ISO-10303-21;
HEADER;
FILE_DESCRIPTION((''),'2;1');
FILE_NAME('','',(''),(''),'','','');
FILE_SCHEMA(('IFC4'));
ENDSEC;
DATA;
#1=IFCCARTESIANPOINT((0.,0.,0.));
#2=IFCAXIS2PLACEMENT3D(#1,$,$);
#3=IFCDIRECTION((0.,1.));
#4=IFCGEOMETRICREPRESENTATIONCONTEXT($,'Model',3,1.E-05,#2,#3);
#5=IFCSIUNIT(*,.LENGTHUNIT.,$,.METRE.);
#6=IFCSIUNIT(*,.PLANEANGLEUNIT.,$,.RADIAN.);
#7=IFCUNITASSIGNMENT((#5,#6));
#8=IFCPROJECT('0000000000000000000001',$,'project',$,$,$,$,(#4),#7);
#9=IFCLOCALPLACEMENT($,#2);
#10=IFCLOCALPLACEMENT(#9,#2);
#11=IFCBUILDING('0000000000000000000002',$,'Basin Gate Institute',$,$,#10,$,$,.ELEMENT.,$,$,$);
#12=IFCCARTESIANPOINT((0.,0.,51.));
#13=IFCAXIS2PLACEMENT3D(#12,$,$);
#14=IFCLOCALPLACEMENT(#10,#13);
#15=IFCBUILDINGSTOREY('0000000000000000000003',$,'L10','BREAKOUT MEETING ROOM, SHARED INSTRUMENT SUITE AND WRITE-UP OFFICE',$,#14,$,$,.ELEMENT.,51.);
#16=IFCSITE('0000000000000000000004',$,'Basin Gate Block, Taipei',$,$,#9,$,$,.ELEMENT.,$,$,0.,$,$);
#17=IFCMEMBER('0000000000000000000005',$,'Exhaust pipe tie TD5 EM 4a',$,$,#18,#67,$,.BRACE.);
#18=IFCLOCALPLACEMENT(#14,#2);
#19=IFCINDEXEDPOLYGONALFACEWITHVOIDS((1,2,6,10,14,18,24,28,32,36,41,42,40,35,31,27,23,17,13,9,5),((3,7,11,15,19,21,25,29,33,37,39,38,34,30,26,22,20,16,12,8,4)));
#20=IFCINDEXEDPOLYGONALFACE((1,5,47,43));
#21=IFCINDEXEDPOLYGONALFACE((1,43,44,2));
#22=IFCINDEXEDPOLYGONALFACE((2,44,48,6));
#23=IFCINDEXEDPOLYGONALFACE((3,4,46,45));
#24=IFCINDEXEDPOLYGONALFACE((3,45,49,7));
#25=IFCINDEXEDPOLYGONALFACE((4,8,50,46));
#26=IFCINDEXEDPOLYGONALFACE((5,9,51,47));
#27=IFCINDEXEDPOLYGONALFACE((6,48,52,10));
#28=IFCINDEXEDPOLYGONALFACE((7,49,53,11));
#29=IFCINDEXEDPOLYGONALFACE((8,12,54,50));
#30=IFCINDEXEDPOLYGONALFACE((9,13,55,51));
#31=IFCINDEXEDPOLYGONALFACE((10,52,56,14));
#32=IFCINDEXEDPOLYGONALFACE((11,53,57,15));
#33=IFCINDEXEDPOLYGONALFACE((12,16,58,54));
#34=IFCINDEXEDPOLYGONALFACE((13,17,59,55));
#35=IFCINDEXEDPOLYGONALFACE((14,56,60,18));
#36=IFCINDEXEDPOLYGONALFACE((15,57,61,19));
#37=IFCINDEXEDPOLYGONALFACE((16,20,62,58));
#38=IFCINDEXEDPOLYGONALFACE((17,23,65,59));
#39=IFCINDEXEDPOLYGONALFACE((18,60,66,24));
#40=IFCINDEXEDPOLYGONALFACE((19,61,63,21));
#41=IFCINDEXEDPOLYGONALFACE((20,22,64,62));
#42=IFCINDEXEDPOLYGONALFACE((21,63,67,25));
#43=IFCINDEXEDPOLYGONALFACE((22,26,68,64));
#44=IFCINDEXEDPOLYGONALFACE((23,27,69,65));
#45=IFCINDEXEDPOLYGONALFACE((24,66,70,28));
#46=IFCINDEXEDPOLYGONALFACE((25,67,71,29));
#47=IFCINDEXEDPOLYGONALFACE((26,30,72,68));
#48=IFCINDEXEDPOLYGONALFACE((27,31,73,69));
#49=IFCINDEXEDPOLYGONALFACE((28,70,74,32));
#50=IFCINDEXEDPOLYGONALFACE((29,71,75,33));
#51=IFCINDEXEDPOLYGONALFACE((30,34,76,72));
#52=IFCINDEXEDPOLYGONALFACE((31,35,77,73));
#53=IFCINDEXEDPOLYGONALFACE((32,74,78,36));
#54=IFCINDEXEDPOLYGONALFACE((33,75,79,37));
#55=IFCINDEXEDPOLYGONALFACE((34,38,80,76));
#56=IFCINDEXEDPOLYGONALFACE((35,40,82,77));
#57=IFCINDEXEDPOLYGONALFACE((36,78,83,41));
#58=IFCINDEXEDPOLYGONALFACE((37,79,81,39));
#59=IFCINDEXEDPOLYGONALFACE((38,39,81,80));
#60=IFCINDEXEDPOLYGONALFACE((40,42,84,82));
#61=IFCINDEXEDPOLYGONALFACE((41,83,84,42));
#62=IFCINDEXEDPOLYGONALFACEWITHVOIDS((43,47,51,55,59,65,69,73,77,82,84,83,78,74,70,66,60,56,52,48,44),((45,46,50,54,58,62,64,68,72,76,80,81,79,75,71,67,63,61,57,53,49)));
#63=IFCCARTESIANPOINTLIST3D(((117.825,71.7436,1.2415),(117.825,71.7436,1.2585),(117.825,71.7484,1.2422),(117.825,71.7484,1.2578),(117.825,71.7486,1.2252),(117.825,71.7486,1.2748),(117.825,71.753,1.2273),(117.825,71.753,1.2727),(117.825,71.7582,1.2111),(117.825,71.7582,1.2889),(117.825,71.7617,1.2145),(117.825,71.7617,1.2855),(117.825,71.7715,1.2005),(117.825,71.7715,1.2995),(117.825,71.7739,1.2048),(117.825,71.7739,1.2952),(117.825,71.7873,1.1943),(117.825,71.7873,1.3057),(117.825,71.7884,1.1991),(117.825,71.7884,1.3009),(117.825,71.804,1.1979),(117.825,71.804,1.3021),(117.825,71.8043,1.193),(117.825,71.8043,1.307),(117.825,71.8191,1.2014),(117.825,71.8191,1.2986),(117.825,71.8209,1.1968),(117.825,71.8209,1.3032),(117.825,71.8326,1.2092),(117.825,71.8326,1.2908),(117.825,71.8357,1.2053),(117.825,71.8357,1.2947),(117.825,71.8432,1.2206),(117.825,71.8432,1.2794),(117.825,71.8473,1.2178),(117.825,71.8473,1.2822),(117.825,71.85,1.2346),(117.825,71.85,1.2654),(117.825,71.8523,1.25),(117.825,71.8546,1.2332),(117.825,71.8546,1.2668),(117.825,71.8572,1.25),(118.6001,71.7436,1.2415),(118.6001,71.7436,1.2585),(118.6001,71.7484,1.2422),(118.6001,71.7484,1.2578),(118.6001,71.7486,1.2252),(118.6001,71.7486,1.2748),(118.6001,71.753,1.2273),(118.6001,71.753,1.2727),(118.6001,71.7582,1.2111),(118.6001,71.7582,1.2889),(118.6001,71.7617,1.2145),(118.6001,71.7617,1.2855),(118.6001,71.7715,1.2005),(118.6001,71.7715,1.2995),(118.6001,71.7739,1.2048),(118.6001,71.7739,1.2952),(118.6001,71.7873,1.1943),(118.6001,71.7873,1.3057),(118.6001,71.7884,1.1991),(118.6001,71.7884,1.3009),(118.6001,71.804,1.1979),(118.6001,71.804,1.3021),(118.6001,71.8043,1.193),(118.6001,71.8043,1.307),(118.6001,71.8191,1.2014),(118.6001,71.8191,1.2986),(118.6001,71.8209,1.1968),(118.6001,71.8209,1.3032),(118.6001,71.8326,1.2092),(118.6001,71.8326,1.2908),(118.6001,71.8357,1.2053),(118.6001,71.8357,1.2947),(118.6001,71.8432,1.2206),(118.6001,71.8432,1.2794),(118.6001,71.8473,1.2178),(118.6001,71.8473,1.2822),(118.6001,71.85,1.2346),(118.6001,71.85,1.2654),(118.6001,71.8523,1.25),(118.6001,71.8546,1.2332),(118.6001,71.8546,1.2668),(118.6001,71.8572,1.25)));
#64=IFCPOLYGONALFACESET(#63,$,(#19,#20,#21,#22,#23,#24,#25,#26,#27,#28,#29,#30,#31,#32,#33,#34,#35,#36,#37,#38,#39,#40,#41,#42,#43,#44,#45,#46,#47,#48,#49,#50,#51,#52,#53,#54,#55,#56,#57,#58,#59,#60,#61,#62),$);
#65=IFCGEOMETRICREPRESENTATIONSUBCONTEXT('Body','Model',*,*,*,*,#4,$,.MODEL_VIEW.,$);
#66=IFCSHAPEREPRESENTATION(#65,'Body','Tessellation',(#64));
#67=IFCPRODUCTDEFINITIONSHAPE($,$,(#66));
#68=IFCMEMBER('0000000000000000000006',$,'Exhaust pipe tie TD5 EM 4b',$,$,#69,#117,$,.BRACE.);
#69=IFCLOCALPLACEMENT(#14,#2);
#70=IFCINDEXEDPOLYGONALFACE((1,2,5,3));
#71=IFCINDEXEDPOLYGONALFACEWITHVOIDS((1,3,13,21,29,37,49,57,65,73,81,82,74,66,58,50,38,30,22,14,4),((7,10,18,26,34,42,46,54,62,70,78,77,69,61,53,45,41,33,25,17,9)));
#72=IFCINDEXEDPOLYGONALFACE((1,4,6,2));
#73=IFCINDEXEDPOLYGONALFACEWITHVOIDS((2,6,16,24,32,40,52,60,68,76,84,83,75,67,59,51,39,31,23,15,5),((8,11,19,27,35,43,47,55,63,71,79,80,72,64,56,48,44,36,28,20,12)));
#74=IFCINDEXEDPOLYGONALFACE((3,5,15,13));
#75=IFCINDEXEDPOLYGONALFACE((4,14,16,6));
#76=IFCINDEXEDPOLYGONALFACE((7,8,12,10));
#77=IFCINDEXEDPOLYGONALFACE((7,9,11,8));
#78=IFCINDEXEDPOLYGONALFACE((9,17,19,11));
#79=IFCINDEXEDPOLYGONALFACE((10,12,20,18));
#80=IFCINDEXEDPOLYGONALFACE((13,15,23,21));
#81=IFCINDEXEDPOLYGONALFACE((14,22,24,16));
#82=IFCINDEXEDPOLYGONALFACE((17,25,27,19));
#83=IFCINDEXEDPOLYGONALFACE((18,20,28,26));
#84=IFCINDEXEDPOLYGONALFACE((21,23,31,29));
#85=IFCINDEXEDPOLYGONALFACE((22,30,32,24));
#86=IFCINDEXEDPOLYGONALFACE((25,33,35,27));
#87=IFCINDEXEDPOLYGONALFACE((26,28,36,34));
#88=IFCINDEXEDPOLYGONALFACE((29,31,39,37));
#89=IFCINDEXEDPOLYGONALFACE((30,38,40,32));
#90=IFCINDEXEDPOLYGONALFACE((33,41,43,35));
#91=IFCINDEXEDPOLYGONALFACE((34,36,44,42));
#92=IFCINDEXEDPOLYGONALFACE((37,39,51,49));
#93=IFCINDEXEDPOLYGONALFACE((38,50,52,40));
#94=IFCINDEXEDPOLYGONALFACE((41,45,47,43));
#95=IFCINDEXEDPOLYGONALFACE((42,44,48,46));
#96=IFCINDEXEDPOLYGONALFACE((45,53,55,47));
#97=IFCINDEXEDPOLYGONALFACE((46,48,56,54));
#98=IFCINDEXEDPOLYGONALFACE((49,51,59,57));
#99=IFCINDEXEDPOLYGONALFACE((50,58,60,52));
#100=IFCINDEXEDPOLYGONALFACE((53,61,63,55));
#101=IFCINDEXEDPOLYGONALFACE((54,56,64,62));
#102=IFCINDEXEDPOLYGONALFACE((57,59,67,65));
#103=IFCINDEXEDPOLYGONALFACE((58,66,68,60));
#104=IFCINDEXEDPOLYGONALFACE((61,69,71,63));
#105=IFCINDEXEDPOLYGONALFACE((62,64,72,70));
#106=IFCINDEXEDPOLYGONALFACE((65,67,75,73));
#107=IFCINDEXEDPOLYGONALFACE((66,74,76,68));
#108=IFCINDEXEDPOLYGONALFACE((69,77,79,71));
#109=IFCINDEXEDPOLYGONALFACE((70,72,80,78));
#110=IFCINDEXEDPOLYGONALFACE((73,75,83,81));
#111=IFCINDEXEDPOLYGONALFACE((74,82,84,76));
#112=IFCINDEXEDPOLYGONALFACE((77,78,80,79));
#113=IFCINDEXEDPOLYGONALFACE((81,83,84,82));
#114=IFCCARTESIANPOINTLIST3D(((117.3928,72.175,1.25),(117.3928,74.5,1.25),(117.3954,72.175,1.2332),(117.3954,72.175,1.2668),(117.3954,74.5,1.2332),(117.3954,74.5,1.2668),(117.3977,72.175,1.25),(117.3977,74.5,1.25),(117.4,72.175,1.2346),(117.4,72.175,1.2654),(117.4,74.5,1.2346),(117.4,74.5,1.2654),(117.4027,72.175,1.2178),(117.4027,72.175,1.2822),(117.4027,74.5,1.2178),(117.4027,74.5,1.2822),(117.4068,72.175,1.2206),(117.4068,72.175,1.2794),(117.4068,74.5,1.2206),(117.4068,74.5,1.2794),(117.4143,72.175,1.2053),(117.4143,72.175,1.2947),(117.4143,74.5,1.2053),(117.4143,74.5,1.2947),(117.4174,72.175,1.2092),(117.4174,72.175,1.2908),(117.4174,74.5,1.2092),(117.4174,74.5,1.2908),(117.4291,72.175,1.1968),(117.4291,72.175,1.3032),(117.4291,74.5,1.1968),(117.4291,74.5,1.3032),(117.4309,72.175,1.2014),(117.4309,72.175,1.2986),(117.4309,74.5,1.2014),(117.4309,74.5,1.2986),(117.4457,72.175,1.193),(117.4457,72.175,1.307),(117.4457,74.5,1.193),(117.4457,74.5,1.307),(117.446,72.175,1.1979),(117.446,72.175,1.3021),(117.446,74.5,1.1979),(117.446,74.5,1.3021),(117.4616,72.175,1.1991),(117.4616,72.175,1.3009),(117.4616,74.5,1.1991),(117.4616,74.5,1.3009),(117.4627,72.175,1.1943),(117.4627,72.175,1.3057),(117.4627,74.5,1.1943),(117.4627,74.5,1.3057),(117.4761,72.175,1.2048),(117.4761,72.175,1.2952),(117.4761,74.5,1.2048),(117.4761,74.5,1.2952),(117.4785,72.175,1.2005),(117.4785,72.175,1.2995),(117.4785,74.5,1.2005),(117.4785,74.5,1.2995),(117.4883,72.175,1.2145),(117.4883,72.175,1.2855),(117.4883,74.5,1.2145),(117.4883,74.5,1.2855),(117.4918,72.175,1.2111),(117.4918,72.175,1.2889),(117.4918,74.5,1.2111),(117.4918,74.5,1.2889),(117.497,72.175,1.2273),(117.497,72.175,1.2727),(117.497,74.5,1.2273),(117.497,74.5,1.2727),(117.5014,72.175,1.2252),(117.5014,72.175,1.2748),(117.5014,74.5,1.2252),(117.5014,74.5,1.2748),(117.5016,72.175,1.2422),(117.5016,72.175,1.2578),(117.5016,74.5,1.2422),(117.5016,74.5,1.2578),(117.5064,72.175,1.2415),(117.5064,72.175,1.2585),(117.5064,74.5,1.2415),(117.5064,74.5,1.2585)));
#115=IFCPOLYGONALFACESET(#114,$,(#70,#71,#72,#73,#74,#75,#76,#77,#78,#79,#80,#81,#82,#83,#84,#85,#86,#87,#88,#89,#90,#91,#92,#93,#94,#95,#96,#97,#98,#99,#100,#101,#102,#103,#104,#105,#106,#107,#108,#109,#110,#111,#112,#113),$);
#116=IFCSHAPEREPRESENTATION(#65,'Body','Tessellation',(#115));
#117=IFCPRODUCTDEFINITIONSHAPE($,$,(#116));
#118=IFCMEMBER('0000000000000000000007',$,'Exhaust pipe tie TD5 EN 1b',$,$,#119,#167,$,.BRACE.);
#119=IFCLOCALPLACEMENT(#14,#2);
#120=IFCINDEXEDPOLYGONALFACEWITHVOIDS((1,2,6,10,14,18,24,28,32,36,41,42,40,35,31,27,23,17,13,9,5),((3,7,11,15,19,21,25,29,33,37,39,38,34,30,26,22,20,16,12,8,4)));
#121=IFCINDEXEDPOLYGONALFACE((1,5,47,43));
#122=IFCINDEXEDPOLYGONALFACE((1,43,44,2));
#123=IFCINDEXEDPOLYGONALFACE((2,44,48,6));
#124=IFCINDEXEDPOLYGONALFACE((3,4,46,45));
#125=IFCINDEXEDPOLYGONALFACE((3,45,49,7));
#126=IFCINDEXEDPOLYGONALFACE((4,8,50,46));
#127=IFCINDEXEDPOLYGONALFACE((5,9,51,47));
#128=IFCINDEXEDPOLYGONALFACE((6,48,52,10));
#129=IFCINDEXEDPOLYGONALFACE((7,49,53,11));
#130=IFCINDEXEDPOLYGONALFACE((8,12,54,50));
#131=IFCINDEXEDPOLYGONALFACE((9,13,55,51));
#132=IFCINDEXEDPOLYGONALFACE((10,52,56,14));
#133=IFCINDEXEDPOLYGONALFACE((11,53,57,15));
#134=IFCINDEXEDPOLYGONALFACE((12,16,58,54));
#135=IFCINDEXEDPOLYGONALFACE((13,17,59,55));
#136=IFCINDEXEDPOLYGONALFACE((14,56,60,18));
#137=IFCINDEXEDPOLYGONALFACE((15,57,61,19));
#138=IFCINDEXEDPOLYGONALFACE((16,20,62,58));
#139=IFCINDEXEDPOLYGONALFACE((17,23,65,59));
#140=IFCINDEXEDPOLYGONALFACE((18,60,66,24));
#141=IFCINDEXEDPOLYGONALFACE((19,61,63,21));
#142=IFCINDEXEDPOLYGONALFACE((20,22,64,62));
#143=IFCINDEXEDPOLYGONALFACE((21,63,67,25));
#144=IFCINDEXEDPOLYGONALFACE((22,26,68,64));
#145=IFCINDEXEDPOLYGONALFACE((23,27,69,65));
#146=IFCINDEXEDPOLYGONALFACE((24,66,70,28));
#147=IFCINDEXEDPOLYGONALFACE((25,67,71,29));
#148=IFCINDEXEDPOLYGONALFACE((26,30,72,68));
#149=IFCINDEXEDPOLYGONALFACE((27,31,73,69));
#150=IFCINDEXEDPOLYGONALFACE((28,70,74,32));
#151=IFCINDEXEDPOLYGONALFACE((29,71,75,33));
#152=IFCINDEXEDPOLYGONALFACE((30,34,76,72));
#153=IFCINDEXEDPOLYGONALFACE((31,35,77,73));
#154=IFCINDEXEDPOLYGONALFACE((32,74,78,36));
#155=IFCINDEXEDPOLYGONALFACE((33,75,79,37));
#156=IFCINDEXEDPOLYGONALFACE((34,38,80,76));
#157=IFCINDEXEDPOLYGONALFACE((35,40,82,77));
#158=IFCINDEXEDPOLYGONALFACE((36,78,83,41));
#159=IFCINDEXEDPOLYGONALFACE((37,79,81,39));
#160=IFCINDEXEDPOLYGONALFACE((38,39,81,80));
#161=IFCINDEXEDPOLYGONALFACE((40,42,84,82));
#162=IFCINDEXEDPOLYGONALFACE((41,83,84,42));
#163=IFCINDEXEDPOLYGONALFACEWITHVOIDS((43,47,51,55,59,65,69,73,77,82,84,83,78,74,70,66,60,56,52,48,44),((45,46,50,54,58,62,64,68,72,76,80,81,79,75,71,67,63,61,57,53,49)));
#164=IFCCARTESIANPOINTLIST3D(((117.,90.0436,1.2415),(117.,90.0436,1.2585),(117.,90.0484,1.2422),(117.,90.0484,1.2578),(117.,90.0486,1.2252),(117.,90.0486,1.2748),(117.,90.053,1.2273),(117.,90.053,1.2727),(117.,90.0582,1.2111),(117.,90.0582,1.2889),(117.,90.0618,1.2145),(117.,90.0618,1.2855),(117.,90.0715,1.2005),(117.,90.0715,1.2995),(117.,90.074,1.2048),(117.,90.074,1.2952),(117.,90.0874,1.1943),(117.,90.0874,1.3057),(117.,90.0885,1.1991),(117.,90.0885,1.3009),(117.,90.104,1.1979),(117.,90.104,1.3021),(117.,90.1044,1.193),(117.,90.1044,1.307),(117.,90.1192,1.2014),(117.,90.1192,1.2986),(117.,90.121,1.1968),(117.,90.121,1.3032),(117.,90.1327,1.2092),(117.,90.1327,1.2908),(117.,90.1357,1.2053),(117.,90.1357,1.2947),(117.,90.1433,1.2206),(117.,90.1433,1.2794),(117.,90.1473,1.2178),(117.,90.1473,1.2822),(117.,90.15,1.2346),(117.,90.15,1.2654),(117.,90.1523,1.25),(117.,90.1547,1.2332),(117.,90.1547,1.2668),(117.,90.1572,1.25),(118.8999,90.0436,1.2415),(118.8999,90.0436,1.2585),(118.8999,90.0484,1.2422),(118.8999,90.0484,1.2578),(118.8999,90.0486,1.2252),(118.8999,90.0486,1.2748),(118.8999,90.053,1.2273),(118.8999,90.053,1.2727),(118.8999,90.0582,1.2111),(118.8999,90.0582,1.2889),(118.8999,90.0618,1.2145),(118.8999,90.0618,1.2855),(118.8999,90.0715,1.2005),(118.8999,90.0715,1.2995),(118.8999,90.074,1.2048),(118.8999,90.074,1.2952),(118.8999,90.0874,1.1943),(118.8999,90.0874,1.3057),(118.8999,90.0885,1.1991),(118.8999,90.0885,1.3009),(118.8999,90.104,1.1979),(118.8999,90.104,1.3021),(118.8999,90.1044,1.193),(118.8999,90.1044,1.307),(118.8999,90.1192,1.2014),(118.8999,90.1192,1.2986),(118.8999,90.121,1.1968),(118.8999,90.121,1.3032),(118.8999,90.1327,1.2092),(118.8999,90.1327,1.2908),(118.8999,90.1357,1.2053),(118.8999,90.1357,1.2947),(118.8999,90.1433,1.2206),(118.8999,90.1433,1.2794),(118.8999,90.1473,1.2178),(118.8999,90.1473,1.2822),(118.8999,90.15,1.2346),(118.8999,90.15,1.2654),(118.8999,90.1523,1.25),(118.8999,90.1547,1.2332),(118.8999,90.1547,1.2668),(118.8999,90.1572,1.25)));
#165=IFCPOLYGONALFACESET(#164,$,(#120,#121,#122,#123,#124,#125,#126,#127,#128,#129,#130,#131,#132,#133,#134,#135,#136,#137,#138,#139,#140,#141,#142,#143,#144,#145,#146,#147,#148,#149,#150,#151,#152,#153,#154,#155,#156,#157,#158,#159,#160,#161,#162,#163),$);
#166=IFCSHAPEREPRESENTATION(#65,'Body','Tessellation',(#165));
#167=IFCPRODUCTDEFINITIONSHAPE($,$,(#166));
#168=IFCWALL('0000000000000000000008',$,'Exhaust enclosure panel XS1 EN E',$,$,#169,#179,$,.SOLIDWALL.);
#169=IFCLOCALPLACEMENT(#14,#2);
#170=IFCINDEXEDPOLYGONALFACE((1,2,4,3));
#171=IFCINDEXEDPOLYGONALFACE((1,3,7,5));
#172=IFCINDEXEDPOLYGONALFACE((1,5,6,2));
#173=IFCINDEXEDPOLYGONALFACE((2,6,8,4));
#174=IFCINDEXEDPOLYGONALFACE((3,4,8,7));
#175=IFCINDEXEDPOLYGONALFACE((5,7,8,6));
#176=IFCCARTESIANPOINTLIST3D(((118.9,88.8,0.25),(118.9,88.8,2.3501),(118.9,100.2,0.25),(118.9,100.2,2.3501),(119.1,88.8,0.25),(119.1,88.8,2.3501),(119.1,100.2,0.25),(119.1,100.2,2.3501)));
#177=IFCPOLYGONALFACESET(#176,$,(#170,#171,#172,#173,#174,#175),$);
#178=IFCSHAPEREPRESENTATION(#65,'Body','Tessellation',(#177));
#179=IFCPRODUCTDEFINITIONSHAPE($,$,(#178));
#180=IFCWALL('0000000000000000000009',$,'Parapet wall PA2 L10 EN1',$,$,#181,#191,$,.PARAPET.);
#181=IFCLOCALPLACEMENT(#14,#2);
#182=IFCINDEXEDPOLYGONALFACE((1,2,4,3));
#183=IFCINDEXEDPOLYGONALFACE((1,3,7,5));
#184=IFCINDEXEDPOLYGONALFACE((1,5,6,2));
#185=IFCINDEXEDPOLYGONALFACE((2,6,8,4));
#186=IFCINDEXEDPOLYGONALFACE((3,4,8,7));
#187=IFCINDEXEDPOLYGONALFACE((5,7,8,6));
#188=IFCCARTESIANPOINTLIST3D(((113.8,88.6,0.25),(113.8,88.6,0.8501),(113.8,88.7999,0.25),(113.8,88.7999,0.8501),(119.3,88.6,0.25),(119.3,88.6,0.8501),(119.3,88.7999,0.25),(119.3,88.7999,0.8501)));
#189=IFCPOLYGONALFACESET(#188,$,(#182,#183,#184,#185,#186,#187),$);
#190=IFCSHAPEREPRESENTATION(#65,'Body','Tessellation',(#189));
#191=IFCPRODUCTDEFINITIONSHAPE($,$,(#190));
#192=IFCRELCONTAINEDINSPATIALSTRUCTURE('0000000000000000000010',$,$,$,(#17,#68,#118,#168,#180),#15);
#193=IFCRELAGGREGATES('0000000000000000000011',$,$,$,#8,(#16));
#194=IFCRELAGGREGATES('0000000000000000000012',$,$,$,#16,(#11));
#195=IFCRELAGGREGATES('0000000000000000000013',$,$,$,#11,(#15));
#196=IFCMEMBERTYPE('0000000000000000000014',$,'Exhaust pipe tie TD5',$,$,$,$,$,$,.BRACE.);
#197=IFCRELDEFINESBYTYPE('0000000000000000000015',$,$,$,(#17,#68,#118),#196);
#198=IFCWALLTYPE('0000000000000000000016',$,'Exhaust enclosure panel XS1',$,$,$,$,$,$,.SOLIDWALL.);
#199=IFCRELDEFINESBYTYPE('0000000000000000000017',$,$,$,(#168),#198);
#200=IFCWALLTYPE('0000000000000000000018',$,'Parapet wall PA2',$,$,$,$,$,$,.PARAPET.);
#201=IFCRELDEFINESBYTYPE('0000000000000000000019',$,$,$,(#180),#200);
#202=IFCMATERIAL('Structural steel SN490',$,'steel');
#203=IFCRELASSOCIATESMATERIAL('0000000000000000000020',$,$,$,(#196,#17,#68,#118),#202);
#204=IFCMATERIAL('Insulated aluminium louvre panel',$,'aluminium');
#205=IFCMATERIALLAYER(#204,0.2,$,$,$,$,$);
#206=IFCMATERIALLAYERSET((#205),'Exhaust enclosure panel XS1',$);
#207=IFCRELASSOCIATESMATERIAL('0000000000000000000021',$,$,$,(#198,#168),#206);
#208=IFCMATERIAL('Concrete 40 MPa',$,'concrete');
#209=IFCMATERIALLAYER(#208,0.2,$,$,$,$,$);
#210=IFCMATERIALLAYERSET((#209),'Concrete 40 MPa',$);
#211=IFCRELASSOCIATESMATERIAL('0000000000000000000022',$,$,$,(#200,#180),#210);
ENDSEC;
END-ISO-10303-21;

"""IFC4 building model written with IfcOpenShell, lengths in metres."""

from ifc_helpers import new_model, si_unit, direction, frame, frame_2d, origin, origin_2d, place, context, subcontext, project, spatial, rectangle, hollow_circle, extrude, material, layer, layer_set, material_profile, profile_set, type_object, element, save


model = new_model("IFC4")

# Units and contexts
model_context = context("Model", 3, precision=1e-05, world=origin(), true_north=direction((0.0, 1.0)))
body_context = subcontext(model_context, "Body", "Model", "MODEL_VIEW")
ifc_project = project(units=[si_unit("LENGTHUNIT", "METRE"), si_unit("PLANEANGLEUNIT", "RADIAN")], contexts=[model_context])

# Site, building, storey
site_placement = place(None, origin())
site = spatial("IfcSite", under=ifc_project, at=site_placement, Name="Basin Gate Block, Taipei", CompositionType="ELEMENT", RefElevation=0.0)
building_placement = place(site_placement, origin())
building = spatial("IfcBuilding", under=site, at=building_placement, Name="Basin Gate Institute", CompositionType="ELEMENT")
storey_placement = place(building_placement, frame((0.0, 0.0, 51.0)))
storey = spatial("IfcBuildingStorey", under=building, at=storey_placement, Name="L10", Description="BREAKOUT MEETING ROOM, SHARED INSTRUMENT SUITE AND WRITE-UP OFFICE", CompositionType="ELEMENT", Elevation=51.0)

# Members
ifc_material_1 = material(Name="Structural steel SN490", Category="steel")
ifc_material_profile_1 = material_profile(ifc_material_1, hollow_circle(Radius=0.0571, WallThickness=0.0049, at=origin_2d()), Name="CHS114x5")
ifc_profile_set_1 = profile_set([ifc_material_profile_1], Name="Structural steel SN490")
member_type_1 = type_object("IfcMemberType", Name="Exhaust pipe tie TD5", PredefinedType="BRACE", material=ifc_profile_set_1)
member_1_placement = place(storey_placement, frame((117.825, 71.8, 1.25), z_axis=(1.0, 0.0, 0.0), x_axis=(0.0, 1.0, 0.0)))
element("IfcMember", 1, at=member_1_placement, inside=storey, type_object=member_type_1, material=ifc_profile_set_1, Name="Exhaust pipe tie TD5 EM 4a", PredefinedType="BRACE", context=body_context, shape_type="SweptSolid", body=[
    extrude(hollow_circle(Radius=0.0571, WallThickness=0.0049, at=origin_2d()), origin(), (0.0, 0.0, 1.0), 0.7751),
])
member_2_placement = place(storey_placement, frame((117.45, 72.175, 1.25), z_axis=(0.0, 1.0, 0.0), x_axis=(-1.0, 0.0, 0.0)))
element("IfcMember", 2, at=member_2_placement, inside=storey, type_object=member_type_1, material=ifc_profile_set_1, Name="Exhaust pipe tie TD5 EM 4b", PredefinedType="BRACE", context=body_context, shape_type="SweptSolid", body=[
    extrude(hollow_circle(Radius=0.0571, WallThickness=0.0049, at=origin_2d()), origin(), (0.0, 0.0, 1.0), 2.325),
])
member_3_placement = place(storey_placement, frame((117.0, 90.1001, 1.25), z_axis=(1.0, 0.0, 0.0), x_axis=(0.0, 1.0, 0.0)))
element("IfcMember", 3, at=member_3_placement, inside=storey, type_object=member_type_1, material=ifc_profile_set_1, Name="Exhaust pipe tie TD5 EN 1b", PredefinedType="BRACE", context=body_context, shape_type="SweptSolid", body=[
    extrude(hollow_circle(Radius=0.0571, WallThickness=0.0049, at=origin_2d()), origin(), (0.0, 0.0, 1.0), 1.8999),
])

# Walls
ifc_material_2 = material(Name="Insulated aluminium louvre panel", Category="aluminium")
ifc_layer_1 = layer(ifc_material_2, 0.2)
ifc_layer_set_1 = layer_set([ifc_layer_1], Name="Exhaust enclosure panel XS1")
wall_type_1 = type_object("IfcWallType", Name="Exhaust enclosure panel XS1", PredefinedType="SOLIDWALL", material=ifc_layer_set_1)
wall_1_placement = place(storey_placement, frame((119.0, 88.8, 0.25), z_axis=(0.0, 0.0, 1.0), x_axis=(0.0, 1.0, 0.0)))
element("IfcWall", 4, at=wall_1_placement, inside=storey, type_object=wall_type_1, material=ifc_layer_set_1, Name="Exhaust enclosure panel XS1 EN E", PredefinedType="SOLIDWALL", context=body_context, shape_type="SweptSolid", body=[
    extrude(rectangle(XDim=11.3999, YDim=0.2, at=frame_2d((5.7, 0.0))), origin(), (0.0, 0.0, 1.0), 2.1001),
])
ifc_material_3 = material(Name="Concrete 40 MPa", Category="concrete")
ifc_layer_2 = layer(ifc_material_3, 0.2)
ifc_layer_set_2 = layer_set([ifc_layer_2], Name="Concrete 40 MPa")
wall_type_2 = type_object("IfcWallType", Name="Parapet wall PA2", PredefinedType="PARAPET", material=ifc_layer_set_2)
wall_2_placement = place(storey_placement, frame((119.3, 88.7, 0.25), z_axis=(0.0, 0.0, 1.0), x_axis=(-1.0, 0.0, 0.0)))
element("IfcWall", 5, at=wall_2_placement, inside=storey, type_object=wall_type_2, material=ifc_layer_set_2, Name="Parapet wall PA2 L10 EN1", PredefinedType="PARAPET", context=body_context, shape_type="SweptSolid", body=[
    extrude(rectangle(XDim=5.5, YDim=0.2, at=frame_2d((2.75, 0.0))), origin(), (0.0, 0.0, 1.0), 0.6001),
])

save(model, "model.ifc")
